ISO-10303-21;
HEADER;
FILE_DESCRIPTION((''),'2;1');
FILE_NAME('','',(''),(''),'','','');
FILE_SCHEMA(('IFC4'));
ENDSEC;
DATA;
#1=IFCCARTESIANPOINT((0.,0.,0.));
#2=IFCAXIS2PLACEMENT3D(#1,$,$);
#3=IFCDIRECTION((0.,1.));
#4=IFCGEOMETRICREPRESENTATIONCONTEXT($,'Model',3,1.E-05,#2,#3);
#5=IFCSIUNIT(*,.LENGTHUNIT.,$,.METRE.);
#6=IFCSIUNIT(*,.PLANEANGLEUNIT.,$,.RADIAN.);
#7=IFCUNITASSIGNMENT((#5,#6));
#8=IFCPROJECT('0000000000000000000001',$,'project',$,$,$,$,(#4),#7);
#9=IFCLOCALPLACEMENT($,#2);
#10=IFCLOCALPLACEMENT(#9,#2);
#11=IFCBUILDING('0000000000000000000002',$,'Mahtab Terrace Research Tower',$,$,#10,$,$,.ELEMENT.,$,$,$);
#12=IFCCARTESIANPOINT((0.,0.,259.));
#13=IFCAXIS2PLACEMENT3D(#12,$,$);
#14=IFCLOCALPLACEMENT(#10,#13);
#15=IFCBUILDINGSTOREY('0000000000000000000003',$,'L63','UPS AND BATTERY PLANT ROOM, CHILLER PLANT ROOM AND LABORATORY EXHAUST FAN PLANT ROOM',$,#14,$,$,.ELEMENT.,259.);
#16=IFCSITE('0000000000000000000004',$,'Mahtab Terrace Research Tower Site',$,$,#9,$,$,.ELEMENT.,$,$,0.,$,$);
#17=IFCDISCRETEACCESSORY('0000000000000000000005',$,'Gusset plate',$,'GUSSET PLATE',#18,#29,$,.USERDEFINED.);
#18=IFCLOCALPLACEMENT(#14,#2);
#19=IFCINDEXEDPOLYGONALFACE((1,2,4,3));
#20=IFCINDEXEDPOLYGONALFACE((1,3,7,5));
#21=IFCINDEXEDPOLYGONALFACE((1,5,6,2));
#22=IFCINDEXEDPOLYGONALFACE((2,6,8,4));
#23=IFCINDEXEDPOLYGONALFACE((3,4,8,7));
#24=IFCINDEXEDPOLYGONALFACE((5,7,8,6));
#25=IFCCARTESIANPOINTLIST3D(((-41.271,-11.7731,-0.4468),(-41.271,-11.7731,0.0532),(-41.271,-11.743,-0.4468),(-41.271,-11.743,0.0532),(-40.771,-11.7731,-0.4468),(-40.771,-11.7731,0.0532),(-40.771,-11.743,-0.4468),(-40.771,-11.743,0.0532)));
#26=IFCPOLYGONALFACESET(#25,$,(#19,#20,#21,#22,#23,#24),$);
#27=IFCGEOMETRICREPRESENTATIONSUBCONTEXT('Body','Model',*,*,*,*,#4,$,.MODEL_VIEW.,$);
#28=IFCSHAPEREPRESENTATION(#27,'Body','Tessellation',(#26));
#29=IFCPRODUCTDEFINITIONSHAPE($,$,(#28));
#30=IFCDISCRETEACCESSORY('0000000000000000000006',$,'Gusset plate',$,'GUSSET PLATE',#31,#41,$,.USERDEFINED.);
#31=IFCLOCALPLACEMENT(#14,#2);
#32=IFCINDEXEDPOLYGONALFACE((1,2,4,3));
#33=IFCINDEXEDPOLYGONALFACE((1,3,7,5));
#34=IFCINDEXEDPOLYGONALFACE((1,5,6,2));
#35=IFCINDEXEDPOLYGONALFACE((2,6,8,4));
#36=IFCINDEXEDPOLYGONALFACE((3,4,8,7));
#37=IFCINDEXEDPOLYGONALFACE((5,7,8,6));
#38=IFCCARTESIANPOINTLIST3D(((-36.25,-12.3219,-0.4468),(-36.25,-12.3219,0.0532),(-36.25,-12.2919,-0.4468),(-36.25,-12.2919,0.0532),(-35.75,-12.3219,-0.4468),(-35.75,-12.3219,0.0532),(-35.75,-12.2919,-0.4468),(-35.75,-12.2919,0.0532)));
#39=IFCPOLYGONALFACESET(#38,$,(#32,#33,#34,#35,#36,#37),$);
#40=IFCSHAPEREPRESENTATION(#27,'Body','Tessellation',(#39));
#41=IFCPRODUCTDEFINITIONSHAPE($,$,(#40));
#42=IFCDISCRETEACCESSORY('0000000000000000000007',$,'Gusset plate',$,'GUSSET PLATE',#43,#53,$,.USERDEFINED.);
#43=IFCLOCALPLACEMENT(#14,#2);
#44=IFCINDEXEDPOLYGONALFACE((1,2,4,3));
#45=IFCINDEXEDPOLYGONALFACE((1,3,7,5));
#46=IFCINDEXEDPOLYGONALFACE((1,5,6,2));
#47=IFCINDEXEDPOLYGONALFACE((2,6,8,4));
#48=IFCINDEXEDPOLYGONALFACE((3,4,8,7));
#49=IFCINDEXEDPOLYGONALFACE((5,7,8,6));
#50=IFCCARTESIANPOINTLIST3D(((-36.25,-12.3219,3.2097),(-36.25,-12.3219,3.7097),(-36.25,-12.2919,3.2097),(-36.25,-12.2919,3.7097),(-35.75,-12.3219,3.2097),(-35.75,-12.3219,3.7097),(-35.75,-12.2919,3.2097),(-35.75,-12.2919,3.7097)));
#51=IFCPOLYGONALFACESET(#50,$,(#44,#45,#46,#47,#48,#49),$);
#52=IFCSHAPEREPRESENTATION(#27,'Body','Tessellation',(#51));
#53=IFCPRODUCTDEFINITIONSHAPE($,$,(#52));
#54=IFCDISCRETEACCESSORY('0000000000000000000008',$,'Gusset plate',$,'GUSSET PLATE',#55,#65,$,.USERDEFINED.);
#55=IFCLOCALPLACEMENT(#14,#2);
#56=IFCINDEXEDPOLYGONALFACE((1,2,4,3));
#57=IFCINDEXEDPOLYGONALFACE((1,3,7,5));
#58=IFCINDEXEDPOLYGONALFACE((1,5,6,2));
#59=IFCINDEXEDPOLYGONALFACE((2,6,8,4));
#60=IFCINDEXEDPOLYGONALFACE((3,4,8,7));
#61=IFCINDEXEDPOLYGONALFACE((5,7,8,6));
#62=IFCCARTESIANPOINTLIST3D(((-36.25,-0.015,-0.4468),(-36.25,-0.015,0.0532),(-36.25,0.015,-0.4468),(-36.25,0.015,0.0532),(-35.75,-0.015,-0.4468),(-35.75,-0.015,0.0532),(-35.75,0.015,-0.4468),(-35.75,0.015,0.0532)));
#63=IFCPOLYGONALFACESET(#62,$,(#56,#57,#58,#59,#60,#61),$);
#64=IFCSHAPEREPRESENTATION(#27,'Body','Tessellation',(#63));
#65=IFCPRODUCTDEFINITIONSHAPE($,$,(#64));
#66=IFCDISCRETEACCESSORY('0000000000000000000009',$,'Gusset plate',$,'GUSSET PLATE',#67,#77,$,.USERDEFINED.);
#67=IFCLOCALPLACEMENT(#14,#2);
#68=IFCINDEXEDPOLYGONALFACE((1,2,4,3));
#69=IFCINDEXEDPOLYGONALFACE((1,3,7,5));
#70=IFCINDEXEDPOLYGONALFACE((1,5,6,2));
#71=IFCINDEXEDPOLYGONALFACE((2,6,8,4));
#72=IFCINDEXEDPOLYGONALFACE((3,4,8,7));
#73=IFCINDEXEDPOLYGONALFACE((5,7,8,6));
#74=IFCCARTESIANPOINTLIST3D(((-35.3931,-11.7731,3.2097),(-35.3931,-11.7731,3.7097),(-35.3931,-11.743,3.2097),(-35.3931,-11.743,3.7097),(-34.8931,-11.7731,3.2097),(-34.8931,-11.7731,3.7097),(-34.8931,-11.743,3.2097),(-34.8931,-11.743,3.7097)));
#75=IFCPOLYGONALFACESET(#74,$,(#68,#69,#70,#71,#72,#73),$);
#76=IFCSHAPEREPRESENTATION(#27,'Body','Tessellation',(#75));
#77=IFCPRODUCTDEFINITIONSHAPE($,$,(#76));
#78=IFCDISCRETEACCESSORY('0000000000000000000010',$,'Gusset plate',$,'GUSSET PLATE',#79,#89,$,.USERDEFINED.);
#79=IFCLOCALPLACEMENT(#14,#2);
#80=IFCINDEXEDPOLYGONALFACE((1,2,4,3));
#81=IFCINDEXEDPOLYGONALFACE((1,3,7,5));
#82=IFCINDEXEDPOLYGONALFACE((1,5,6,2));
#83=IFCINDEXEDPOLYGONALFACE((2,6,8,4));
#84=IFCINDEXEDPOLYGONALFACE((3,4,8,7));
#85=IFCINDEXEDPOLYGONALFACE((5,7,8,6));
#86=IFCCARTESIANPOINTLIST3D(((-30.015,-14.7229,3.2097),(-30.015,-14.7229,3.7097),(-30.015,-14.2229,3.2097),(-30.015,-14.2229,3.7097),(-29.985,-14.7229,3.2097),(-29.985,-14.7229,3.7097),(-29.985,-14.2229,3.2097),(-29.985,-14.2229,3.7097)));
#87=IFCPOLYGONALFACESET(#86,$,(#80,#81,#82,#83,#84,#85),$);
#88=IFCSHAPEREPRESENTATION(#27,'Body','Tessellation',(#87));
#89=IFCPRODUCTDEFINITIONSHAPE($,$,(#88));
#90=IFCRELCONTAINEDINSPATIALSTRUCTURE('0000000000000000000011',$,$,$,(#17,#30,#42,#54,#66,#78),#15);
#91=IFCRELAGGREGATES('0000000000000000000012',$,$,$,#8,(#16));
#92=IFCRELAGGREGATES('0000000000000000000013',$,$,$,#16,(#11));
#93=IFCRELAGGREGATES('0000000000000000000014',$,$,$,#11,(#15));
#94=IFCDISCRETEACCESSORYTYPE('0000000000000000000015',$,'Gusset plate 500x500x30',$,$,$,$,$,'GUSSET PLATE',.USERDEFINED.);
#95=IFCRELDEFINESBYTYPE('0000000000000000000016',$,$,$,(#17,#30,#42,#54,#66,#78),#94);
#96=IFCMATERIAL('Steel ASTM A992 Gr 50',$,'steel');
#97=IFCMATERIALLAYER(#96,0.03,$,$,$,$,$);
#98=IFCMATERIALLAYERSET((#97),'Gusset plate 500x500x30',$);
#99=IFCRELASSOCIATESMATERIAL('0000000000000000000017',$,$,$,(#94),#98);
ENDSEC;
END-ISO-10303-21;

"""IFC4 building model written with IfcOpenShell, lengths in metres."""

from ifc_helpers import new_model, si_unit, direction, frame, origin, origin_2d, place, context, subcontext, project, spatial, rectangle, extrude, material, layer, layer_set, type_object, element, save


model = new_model("IFC4")

# Units and contexts
model_context = context("Model", 3, precision=1e-05, world=origin(), true_north=direction((0.0, 1.0)))
body_context = subcontext(model_context, "Body", "Model", "MODEL_VIEW")
ifc_project = project(units=[si_unit("LENGTHUNIT", "METRE"), si_unit("PLANEANGLEUNIT", "RADIAN")], contexts=[model_context])

# Site, building, storey
site_placement = place(None, origin())
site = spatial("IfcSite", under=ifc_project, at=site_placement, Name="Mahtab Terrace Research Tower Site", CompositionType="ELEMENT", RefElevation=0.0)
building_placement = place(site_placement, origin())
building = spatial("IfcBuilding", under=site, at=building_placement, Name="Mahtab Terrace Research Tower", CompositionType="ELEMENT")
storey_placement = place(building_placement, frame((0.0, 0.0, 259.0)))
storey = spatial("IfcBuildingStorey", under=building, at=storey_placement, Name="L63", Description="UPS AND BATTERY PLANT ROOM, CHILLER PLANT ROOM AND LABORATORY EXHAUST FAN PLANT ROOM", CompositionType="ELEMENT", Elevation=259.0)

# Shared definitions
ifc_material_1 = material(Name="Steel ASTM A992 Gr 50", Category="steel")

# Discrete accessories
ifc_layer_1 = layer(ifc_material_1, 0.03)
ifc_layer_set_1 = layer_set([ifc_layer_1], Name="Gusset plate 500x500x30")
discrete_accessory_type_1 = type_object("IfcDiscreteAccessoryType", Name="Gusset plate 500x500x30", ElementType="GUSSET PLATE", PredefinedType="USERDEFINED", material=ifc_layer_set_1)
for number, where, z_axis, x_axis, name in (
    (1, (-41.021, -11.7581, -0.4468), (0.0, 0.0, 1.0), (1.0, 0.0, 0.0), "Gusset plate"),
    (2, (-36.0, -12.3069, -0.4468), (0.0, 0.0, 1.0), (1.0, 0.0, 0.0), "Gusset plate"),
    (3, (-36.0, -12.3069, 3.2097), (0.0, 0.0, 1.0), (1.0, 0.0, 0.0), "Gusset plate"),
    (4, (-36.0, 0.0, -0.4468), (0.0, 0.0, 1.0), (1.0, 0.0, 0.0), "Gusset plate"),
    (5, (-35.1431, -11.7581, 3.2097), (0.0, 0.0, 1.0), (1.0, 0.0, 0.0), "Gusset plate"),
    (6, (-30.0, -14.4729, 3.2097), (0.0, 0.0, 1.0), (0.0, 1.0, 0.0), "Gusset plate"),
):
    element("IfcDiscreteAccessory", number, at=place(storey_placement, frame(where, z_axis=z_axis, x_axis=x_axis)), inside=storey, type_object=discrete_accessory_type_1, Name=name, ObjectType="GUSSET PLATE", PredefinedType="USERDEFINED", context=body_context, shape_type="SweptSolid", body=[
        extrude(rectangle(XDim=0.5, YDim=0.03, at=origin_2d()), origin(), (0.0, 0.0, 1.0), 0.5),
    ])

save(model, "model.ifc")
